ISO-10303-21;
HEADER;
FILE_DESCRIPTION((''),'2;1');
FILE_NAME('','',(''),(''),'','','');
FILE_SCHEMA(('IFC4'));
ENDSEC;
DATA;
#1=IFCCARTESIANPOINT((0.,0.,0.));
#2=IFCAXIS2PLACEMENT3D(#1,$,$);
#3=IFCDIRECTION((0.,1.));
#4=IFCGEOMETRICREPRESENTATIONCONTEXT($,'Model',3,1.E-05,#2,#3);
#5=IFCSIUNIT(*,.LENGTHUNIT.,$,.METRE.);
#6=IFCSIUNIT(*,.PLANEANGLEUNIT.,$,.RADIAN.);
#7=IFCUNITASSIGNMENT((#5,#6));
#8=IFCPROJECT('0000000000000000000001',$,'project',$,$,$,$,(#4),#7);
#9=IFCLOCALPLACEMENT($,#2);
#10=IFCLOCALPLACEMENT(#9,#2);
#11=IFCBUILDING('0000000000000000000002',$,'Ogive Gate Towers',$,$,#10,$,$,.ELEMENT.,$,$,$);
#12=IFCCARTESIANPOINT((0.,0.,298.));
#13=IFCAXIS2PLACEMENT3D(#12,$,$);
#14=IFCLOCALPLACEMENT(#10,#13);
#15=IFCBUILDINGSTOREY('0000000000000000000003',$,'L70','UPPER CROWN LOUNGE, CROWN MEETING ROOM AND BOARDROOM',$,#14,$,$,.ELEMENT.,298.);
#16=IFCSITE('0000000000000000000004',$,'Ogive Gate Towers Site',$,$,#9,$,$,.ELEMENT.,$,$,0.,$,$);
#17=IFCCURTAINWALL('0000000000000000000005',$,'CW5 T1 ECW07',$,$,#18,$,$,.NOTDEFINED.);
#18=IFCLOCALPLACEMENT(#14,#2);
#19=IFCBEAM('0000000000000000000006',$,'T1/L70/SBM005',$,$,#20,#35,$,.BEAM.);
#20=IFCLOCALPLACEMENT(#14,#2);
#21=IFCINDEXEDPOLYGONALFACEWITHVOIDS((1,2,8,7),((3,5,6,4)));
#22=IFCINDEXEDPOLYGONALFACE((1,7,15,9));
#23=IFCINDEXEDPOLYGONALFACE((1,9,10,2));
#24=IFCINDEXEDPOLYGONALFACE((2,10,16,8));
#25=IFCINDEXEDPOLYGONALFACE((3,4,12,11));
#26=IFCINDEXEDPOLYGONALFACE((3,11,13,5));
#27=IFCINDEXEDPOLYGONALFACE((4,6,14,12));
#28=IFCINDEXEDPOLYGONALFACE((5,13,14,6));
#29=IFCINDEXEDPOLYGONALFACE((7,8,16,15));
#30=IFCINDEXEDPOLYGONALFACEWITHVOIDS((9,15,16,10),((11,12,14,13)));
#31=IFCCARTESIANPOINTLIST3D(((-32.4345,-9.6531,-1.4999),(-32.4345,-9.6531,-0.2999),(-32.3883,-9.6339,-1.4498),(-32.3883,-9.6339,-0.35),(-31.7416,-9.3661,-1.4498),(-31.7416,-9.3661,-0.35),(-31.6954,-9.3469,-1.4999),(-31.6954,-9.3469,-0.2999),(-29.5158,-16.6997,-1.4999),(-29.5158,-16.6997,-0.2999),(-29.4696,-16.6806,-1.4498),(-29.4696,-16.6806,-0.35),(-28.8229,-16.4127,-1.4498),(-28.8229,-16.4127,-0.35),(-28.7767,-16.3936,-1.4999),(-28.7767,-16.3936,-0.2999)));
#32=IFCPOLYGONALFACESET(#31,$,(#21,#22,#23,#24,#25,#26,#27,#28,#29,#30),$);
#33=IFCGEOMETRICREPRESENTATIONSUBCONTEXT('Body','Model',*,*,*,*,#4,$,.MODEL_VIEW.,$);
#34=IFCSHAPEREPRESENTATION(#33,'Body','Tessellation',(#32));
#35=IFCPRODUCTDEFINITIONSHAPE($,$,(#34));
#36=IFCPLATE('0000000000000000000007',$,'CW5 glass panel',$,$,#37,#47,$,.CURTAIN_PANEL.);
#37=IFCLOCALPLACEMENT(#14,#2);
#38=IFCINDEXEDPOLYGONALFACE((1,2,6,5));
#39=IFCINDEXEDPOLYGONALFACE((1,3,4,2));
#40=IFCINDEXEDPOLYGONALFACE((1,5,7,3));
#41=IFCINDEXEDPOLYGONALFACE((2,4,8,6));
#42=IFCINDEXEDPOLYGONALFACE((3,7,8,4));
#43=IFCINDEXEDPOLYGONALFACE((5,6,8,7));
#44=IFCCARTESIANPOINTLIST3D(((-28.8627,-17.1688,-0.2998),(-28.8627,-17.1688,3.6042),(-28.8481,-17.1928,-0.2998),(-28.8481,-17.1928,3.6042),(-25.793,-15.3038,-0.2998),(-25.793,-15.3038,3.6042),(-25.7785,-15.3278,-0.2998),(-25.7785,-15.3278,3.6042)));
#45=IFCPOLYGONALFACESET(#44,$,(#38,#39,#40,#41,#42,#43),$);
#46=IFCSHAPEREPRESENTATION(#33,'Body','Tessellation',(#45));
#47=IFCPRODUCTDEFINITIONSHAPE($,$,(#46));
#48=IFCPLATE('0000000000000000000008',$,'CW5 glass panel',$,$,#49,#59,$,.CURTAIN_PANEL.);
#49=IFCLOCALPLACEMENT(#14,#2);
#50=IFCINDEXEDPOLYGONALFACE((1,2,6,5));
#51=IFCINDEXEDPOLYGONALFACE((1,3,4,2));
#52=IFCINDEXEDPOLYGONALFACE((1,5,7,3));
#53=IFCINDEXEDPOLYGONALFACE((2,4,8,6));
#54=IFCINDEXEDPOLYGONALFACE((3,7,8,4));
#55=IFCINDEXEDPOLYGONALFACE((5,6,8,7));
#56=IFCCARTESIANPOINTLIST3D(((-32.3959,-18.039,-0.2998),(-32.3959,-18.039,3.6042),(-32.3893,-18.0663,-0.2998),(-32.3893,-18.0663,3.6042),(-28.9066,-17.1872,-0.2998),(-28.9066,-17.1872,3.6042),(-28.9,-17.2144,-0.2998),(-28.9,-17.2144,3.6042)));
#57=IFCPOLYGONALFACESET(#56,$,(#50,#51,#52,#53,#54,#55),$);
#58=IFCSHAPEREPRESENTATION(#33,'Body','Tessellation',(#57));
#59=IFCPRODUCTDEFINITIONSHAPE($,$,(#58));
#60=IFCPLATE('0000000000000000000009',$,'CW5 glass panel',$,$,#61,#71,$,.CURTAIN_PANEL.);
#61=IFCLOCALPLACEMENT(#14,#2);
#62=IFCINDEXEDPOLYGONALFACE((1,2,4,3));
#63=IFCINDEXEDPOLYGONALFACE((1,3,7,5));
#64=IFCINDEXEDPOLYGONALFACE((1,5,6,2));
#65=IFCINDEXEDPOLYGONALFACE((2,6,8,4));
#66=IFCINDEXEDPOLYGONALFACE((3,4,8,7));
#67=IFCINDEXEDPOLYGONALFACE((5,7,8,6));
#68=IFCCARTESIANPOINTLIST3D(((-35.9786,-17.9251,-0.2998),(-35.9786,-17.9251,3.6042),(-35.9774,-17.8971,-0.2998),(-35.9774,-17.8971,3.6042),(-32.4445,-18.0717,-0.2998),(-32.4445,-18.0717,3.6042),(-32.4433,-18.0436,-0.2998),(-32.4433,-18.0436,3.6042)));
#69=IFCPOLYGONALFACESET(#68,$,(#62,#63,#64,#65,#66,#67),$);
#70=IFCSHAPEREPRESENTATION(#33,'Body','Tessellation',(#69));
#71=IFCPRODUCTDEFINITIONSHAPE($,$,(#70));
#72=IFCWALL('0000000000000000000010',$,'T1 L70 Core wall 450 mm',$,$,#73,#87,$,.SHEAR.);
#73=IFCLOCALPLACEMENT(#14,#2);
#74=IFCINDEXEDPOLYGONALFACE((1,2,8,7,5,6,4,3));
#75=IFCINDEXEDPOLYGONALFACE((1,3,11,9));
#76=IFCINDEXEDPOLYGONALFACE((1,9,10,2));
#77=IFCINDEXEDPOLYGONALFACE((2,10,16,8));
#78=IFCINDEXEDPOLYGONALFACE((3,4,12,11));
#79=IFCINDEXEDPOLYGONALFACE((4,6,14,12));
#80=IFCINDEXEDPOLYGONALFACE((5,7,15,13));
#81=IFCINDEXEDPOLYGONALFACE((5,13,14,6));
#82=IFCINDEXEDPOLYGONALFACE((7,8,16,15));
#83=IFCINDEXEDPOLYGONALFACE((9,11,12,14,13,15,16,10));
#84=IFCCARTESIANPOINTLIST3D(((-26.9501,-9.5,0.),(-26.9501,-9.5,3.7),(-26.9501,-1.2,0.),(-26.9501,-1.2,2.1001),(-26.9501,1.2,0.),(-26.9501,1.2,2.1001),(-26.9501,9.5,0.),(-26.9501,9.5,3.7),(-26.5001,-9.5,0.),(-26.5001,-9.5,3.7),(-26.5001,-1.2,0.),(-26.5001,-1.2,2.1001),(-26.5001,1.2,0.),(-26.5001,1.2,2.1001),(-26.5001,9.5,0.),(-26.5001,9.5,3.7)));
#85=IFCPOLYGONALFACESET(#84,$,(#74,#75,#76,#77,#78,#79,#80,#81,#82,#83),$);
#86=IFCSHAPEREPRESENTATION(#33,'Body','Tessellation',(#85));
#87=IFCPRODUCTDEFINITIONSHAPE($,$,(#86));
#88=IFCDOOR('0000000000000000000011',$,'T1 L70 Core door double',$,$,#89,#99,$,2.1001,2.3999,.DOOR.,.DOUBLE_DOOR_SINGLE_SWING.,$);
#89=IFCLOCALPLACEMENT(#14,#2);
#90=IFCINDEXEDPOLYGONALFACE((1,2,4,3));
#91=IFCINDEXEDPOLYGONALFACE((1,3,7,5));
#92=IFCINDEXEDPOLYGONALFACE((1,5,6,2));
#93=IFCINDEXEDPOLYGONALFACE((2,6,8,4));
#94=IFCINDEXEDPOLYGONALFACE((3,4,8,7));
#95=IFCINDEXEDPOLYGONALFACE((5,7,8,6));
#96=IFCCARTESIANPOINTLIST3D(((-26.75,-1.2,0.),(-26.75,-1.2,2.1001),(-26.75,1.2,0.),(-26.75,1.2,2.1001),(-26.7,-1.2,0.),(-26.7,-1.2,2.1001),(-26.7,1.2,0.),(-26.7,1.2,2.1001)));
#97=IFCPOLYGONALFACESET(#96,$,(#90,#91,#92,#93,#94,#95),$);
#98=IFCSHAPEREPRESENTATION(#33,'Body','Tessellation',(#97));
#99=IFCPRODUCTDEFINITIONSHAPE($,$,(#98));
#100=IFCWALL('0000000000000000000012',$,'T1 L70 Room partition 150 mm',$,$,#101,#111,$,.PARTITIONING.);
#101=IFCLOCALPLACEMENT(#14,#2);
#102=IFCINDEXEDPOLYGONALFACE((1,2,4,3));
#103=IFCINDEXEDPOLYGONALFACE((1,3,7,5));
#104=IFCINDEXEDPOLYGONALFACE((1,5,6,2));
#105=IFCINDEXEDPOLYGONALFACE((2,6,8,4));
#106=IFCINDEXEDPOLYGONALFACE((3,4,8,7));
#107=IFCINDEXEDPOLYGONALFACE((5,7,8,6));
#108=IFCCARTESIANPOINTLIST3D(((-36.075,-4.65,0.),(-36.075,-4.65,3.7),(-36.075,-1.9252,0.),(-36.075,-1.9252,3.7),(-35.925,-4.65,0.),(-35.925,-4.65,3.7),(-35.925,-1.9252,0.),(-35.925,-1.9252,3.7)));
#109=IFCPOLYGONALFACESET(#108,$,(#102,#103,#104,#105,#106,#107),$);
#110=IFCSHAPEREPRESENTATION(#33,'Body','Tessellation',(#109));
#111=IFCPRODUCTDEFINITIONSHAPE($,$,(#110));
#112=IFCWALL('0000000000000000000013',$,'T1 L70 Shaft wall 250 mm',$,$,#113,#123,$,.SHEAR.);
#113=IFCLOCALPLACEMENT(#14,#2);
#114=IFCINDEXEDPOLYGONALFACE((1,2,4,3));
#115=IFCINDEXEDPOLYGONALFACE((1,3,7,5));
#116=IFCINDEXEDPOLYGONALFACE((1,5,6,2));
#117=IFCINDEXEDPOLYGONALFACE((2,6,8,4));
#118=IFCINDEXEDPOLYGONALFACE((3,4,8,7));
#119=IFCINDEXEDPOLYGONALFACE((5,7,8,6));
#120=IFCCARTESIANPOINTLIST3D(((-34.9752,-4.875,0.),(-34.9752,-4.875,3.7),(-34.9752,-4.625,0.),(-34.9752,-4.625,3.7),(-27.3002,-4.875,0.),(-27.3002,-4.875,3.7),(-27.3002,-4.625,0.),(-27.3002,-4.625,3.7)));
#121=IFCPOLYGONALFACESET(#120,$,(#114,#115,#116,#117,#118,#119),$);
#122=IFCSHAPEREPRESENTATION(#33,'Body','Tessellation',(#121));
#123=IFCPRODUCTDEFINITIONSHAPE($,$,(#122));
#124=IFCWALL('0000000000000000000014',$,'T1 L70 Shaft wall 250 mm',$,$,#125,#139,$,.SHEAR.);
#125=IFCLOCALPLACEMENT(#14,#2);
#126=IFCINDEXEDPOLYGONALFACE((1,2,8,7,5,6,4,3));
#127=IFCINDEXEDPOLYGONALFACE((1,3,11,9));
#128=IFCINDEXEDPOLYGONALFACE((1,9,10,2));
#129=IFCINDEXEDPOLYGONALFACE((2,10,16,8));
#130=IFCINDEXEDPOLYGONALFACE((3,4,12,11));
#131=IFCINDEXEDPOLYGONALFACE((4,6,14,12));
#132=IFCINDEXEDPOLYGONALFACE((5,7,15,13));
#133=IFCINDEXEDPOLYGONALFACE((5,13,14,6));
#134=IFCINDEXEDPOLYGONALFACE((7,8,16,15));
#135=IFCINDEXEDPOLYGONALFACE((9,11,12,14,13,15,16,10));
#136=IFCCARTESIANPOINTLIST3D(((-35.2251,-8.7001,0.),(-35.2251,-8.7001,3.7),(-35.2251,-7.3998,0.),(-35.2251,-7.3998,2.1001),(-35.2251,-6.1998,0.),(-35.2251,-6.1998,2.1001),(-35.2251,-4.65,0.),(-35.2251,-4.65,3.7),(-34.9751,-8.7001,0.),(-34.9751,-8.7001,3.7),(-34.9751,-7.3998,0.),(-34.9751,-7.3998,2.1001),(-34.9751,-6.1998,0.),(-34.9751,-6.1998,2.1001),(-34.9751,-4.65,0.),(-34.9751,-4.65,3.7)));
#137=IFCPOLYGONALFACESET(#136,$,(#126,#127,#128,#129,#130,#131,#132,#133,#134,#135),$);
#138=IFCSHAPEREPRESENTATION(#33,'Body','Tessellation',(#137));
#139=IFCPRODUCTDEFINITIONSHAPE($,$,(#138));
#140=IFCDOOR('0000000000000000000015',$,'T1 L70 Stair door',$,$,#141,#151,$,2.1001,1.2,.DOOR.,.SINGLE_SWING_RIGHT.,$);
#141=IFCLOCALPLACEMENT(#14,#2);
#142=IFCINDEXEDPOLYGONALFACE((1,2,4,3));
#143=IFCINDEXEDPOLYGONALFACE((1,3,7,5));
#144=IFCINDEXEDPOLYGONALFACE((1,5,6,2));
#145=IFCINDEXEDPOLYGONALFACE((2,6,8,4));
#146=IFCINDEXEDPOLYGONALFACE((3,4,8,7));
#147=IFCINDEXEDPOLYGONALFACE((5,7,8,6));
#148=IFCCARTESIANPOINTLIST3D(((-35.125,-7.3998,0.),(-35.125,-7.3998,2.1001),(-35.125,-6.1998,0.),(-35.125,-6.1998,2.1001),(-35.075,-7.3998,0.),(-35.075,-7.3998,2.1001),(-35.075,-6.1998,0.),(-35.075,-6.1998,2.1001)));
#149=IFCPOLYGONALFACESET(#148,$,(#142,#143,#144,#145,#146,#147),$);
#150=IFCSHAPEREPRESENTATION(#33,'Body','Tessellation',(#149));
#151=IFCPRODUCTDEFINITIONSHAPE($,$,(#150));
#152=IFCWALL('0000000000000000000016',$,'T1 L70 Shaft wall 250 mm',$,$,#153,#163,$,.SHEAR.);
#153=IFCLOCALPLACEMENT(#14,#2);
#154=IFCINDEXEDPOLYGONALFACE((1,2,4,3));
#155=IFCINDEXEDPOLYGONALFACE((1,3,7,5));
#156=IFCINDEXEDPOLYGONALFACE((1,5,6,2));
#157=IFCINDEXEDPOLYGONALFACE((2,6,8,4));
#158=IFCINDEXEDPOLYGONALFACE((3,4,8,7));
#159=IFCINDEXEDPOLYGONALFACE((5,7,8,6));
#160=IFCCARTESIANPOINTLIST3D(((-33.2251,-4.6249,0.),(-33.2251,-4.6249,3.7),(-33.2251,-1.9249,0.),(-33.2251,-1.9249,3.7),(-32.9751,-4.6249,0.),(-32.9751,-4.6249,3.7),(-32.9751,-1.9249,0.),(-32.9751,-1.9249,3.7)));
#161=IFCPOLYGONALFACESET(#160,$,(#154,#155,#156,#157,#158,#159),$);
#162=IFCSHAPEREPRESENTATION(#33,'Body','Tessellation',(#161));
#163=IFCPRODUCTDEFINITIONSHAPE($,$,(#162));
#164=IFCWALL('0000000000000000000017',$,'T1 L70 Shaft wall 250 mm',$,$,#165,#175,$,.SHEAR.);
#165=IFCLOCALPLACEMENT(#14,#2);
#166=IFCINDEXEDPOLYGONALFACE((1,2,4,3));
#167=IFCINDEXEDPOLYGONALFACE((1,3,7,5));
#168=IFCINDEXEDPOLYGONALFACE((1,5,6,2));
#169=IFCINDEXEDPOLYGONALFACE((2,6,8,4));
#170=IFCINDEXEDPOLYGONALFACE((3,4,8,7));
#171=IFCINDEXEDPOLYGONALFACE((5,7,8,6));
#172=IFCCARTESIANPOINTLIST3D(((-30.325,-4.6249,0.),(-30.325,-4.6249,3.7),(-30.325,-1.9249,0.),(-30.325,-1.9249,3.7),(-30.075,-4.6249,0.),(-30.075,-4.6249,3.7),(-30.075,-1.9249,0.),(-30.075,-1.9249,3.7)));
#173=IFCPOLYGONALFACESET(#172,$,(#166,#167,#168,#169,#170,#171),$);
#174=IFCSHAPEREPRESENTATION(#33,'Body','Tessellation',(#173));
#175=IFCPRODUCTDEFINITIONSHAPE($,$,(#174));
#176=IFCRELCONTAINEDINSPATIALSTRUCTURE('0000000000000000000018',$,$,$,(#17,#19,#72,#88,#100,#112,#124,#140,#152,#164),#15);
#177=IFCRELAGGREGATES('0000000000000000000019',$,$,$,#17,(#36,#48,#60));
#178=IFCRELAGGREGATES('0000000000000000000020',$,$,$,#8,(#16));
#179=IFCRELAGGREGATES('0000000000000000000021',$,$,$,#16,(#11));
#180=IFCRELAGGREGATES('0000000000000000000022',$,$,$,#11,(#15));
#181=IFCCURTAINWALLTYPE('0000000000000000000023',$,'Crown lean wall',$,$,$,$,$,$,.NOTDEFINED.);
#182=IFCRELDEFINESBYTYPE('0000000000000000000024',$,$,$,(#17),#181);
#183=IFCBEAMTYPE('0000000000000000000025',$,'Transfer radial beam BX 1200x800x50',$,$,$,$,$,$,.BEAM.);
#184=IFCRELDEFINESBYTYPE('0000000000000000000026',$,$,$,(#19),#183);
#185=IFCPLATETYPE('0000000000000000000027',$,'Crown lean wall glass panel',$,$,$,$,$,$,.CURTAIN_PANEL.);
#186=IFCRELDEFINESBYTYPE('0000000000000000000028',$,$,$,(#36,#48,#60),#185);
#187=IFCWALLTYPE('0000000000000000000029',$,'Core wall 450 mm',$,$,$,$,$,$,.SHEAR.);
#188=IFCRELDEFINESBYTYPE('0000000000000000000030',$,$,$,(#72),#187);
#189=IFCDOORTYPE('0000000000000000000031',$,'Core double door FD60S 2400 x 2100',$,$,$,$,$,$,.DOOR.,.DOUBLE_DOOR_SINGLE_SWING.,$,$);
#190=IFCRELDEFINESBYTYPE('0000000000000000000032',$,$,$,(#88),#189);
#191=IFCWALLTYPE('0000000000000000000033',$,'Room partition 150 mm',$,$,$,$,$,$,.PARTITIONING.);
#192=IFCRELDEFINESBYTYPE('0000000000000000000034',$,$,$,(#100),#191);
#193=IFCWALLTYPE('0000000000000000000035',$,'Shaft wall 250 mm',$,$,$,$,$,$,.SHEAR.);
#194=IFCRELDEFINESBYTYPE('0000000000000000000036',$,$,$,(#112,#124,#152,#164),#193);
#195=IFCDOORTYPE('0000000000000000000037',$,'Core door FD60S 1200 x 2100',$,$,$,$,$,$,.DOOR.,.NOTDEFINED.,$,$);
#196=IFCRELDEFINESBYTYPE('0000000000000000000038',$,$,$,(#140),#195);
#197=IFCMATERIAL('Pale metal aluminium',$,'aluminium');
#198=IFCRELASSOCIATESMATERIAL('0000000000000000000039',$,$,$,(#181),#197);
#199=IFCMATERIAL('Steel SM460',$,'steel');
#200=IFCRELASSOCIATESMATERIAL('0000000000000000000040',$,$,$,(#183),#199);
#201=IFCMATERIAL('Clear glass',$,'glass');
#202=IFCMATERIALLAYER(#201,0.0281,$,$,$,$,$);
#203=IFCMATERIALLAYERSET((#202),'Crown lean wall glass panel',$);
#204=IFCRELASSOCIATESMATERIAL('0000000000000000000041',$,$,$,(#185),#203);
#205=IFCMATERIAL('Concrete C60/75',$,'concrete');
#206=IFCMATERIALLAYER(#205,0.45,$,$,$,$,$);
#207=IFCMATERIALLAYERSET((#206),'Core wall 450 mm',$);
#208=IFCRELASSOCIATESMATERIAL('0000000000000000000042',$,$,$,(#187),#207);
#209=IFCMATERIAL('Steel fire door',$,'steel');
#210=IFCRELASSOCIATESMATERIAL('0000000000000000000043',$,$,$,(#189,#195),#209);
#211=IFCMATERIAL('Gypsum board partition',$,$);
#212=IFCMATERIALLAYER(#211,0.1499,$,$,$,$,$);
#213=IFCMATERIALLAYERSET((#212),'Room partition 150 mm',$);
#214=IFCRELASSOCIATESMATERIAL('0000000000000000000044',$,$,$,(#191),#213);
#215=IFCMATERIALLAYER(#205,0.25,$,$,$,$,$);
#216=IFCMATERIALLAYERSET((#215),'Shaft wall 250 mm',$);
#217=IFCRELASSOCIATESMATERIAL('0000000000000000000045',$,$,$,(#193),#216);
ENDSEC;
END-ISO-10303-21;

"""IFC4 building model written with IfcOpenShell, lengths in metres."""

from ifc_helpers import new_model, si_unit, direction, frame, frame_2d, origin, origin_2d, place, context, subcontext, project, spatial, rectangle, hollow_rectangle, extrude, material, layer, layer_set, material_profile, profile_set, type_object, element, fill, aggregate, save


model = new_model("IFC4")

# Units and contexts
model_context = context("Model", 3, precision=1e-05, world=origin(), true_north=direction((0.0, 1.0)))
body_context = subcontext(model_context, "Body", "Model", "MODEL_VIEW")
ifc_project = project(units=[si_unit("LENGTHUNIT", "METRE"), si_unit("PLANEANGLEUNIT", "RADIAN")], contexts=[model_context])

# Site, building, storey
site_placement = place(None, origin())
site = spatial("IfcSite", under=ifc_project, at=site_placement, Name="Ogive Gate Towers Site", CompositionType="ELEMENT", RefElevation=0.0)
building_placement = place(site_placement, origin())
building = spatial("IfcBuilding", under=site, at=building_placement, Name="Ogive Gate Towers", CompositionType="ELEMENT")
storey_placement = place(building_placement, frame((0.0, 0.0, 298.0)))
storey = spatial("IfcBuildingStorey", under=building, at=storey_placement, Name="L70", Description="UPPER CROWN LOUNGE, CROWN MEETING ROOM AND BOARDROOM", CompositionType="ELEMENT", Elevation=298.0)

# Shared definitions
ifc_material_1 = material(Name="Steel SM460", Category="steel")

# Shared definitions
ifc_material_2 = material(Name="Pale metal aluminium", Category="aluminium")
curtain_wall_type = type_object("IfcCurtainWallType", Name="Crown lean wall", PredefinedType="NOTDEFINED", material=ifc_material_2)

# Curtain wall
curtain_wall_1_placement = place(storey_placement, origin())
curtain_wall_1 = element("IfcCurtainWall", 1, at=curtain_wall_1_placement, inside=storey, type_object=curtain_wall_type, Name="CW5 T1 ECW07", PredefinedType="NOTDEFINED")

# Beam
ifc_material_profile_1 = material_profile(ifc_material_1, hollow_rectangle(XDim=0.8, YDim=1.2, WallThickness=0.05, at=origin_2d()), Name="BX 1200x800x50")
ifc_profile_set_1 = profile_set([ifc_material_profile_1], Name="Steel SM460")
beam_type_1 = type_object("IfcBeamType", Name="Transfer radial beam BX 1200x800x50", PredefinedType="BEAM", material=ifc_profile_set_1)
beam_1_placement = place(storey_placement, frame((-32.0649, -9.5, -0.8999), z_axis=(0.382671, -0.923885, 0.0), x_axis=(0.923885, 0.382671, 0.0)))
element("IfcBeam", 2, at=beam_1_placement, inside=storey, type_object=beam_type_1, Name="T1/L70/SBM005", PredefinedType="BEAM", context=body_context, shape_type="SweptSolid", body=[
    extrude(hollow_rectangle(XDim=0.8, YDim=1.2, WallThickness=0.05, at=origin_2d()), origin(), (0.0, 0.0, 1.0), 7.6272),
])

# Plates
ifc_material_3 = material(Name="Clear glass", Category="glass")
ifc_layer_1 = layer(ifc_material_3, 0.0281)
ifc_layer_set_1 = layer_set([ifc_layer_1], Name="Crown lean wall glass panel")
plate_type = type_object("IfcPlateType", Name="Crown lean wall glass panel", PredefinedType="CURTAIN_PANEL", material=ifc_layer_set_1)
plate_1_placement = place(storey_placement, frame((-27.3206, -16.2483, -0.2998), z_axis=(0.0, 0.0, 1.0), x_axis=(-0.854622, -0.519251, 0.0)))
plate_1 = element("IfcPlate", 3, at=plate_1_placement, type_object=plate_type, Name="CW5 glass panel", PredefinedType="CURTAIN_PANEL", context=body_context, shape_type="SweptSolid", body=[
    extrude(rectangle(XDim=3.5918, YDim=0.0281, at=origin_2d()), origin(), (0.0, 0.0, 1.0), 3.9041),
])
plate_2_placement = place(storey_placement, frame((-30.6479, -17.6267, -0.2998), z_axis=(0.0, 0.0, 1.0), x_axis=(-0.971471, -0.23716, 0.0)))
plate_2 = element("IfcPlate", 4, at=plate_2_placement, type_object=plate_type, Name="CW5 glass panel", PredefinedType="CURTAIN_PANEL", context=body_context, shape_type="SweptSolid", body=[
    extrude(rectangle(XDim=3.5918, YDim=0.0281, at=origin_2d()), origin(), (0.0, 0.0, 1.0), 3.9041),
])
plate_3_placement = place(storey_placement, frame((-34.2109, -17.9844, -0.2998), z_axis=(0.0, 0.0, 1.0), x_axis=(-0.999141, 0.04144, 0.0)))
plate_3 = element("IfcPlate", 5, at=plate_3_placement, type_object=plate_type, Name="CW5 glass panel", PredefinedType="CURTAIN_PANEL", context=body_context, shape_type="SweptSolid", body=[
    extrude(rectangle(XDim=3.5371, YDim=0.0281, at=origin_2d()), origin(), (0.0, 0.0, 1.0), 3.9041),
])
aggregate(curtain_wall_1, [plate_1, plate_2, plate_3])

# Wall, opening, door
ifc_material_4 = material(Name="Concrete C60/75", Category="concrete")
ifc_layer_2 = layer(ifc_material_4, 0.45)
ifc_layer_set_2 = layer_set([ifc_layer_2], Name="Core wall 450 mm")
wall_type_1 = type_object("IfcWallType", Name="Core wall 450 mm", PredefinedType="SHEAR", material=ifc_layer_set_2)
wall_1_placement = place(storey_placement, frame((-26.7251, -9.5, 0.0), z_axis=(0.0, 0.0, 1.0), x_axis=(0.0, 1.0, 0.0)))
wall_1 = element("IfcWall", 6, at=wall_1_placement, inside=storey, type_object=wall_type_1, Name="T1 L70 Core wall 450 mm", PredefinedType="SHEAR", context=body_context, shape_type="SweptSolid", body=[
    extrude(rectangle(XDim=19.0, YDim=0.45, at=frame_2d((9.5, 0.0))), origin(), (0.0, 0.0, 1.0), 3.7),
])
opening_1_placement = place(wall_1_placement, frame((8.3, 0.0, 0.0)))
opening_1 = element("IfcOpeningElement", 7, at=opening_1_placement, cuts=wall_1, PredefinedType="OPENING", context=body_context, shape_type="SweptSolid", body=[
    extrude(rectangle(XDim=2.3999, YDim=2.1001, at=frame_2d((1.2, 1.05))), frame((0.0, 0.2349, 0.0), z_axis=(0.0, -1.0, 0.0), x_axis=(1.0, 0.0, 0.0)), (0.0, 0.0, 1.0), 0.47),
])
ifc_material_5 = material(Name="Steel fire door", Category="steel")
door_type_1 = type_object("IfcDoorType", Name="Core double door FD60S 2400 x 2100", OperationType="DOUBLE_DOOR_SINGLE_SWING", PredefinedType="DOOR", material=ifc_material_5)
door_1_placement = place(opening_1_placement, origin())
door_1 = element("IfcDoor", 8, at=door_1_placement, inside=storey, type_object=door_type_1, Name="T1 L70 Core door double", OperationType="DOUBLE_DOOR_SINGLE_SWING", OverallHeight=2.1001, OverallWidth=2.3999, PredefinedType="DOOR", context=body_context, shape_type="SweptSolid", body=[
    extrude(rectangle(XDim=2.3999, YDim=2.1001, at=frame_2d((1.2, 1.05))), frame((0.0, 0.0249, 0.0), z_axis=(0.0, -1.0, 0.0), x_axis=(1.0, 0.0, 0.0)), (0.0, 0.0, 1.0), 0.05),
])
fill(opening_1, door_1)

# Walls
ifc_material_6 = material(Name="Gypsum board partition")
ifc_layer_3 = layer(ifc_material_6, 0.1499)
ifc_layer_set_3 = layer_set([ifc_layer_3], Name="Room partition 150 mm")
wall_type_2 = type_object("IfcWallType", Name="Room partition 150 mm", PredefinedType="PARTITIONING", material=ifc_layer_set_3)
wall_2_placement = place(storey_placement, frame((-36.0, -4.6499, 0.0), z_axis=(0.0, 0.0, 1.0), x_axis=(0.0, 1.0, 0.0)))
element("IfcWall", 9, at=wall_2_placement, inside=storey, type_object=wall_type_2, Name="T1 L70 Room partition 150 mm", PredefinedType="PARTITIONING", context=body_context, shape_type="SweptSolid", body=[
    extrude(rectangle(XDim=2.7249, YDim=0.1499, at=frame_2d((1.3623, 0.0))), origin(), (0.0, 0.0, 1.0), 3.7),
])
ifc_layer_4 = layer(ifc_material_4, 0.25)
ifc_layer_set_4 = layer_set([ifc_layer_4], Name="Shaft wall 250 mm")
wall_type_3 = type_object("IfcWallType", Name="Shaft wall 250 mm", PredefinedType="SHEAR", material=ifc_layer_set_4)
wall_3_placement = place(storey_placement, frame((-34.9751, -4.75, 0.0), z_axis=(0.0, 0.0, 1.0), x_axis=(1.0, 0.0, 0.0)))
element("IfcWall", 10, at=wall_3_placement, inside=storey, type_object=wall_type_3, Name="T1 L70 Shaft wall 250 mm", PredefinedType="SHEAR", context=body_context, shape_type="SweptSolid", body=[
    extrude(rectangle(XDim=7.675, YDim=0.25, at=frame_2d((3.8374, 0.0))), origin(), (0.0, 0.0, 1.0), 3.7),
])

# Wall, opening, door
wall_4_placement = place(storey_placement, frame((-35.1001, -8.7, 0.0), z_axis=(0.0, 0.0, 1.0), x_axis=(0.0, 1.0, 0.0)))
wall_4 = element("IfcWall", 11, at=wall_4_placement, inside=storey, type_object=wall_type_3, Name="T1 L70 Shaft wall 250 mm", PredefinedType="SHEAR", context=body_context, shape_type="SweptSolid", body=[
    extrude(rectangle(XDim=4.05, YDim=0.25, at=frame_2d((2.0249, 0.0))), origin(), (0.0, 0.0, 1.0), 3.7),
])
opening_2_placement = place(wall_4_placement, frame((1.3, 0.0, 0.0)))
opening_2 = element("IfcOpeningElement", 12, at=opening_2_placement, cuts=wall_4, PredefinedType="OPENING", context=body_context, shape_type="SweptSolid", body=[
    extrude(rectangle(XDim=1.2, YDim=2.1001, at=frame_2d((0.6001, 1.05))), frame((0.0, 0.135, 0.0), z_axis=(0.0, -1.0, 0.0), x_axis=(1.0, 0.0, 0.0)), (0.0, 0.0, 1.0), 0.27),
])
door_type_2 = type_object("IfcDoorType", Name="Core door FD60S 1200 x 2100", OperationType="NOTDEFINED", PredefinedType="DOOR", material=ifc_material_5)
door_2_placement = place(opening_2_placement, origin())
door_2 = element("IfcDoor", 13, at=door_2_placement, inside=storey, type_object=door_type_2, Name="T1 L70 Stair door", OperationType="SINGLE_SWING_RIGHT", OverallHeight=2.1001, OverallWidth=1.2, PredefinedType="DOOR", context=body_context, shape_type="SweptSolid", body=[
    extrude(rectangle(XDim=1.2, YDim=2.1001, at=frame_2d((0.6001, 1.05))), frame((0.0, 0.0249, 0.0), z_axis=(0.0, -1.0, 0.0), x_axis=(1.0, 0.0, 0.0)), (0.0, 0.0, 1.0), 0.05),
])
fill(opening_2, door_2)

# Walls
for number, where, z_axis, x_axis, name in (
    (14, (-33.1001, -4.625, 0.0), (0.0, 0.0, 1.0), (0.0, 1.0, 0.0), "T1 L70 Shaft wall 250 mm"),
    (15, (-30.2, -4.625, 0.0), (0.0, 0.0, 1.0), (0.0, 1.0, 0.0), "T1 L70 Shaft wall 250 mm"),
):
    element("IfcWall", number, at=place(storey_placement, frame(where, z_axis=z_axis, x_axis=x_axis)), inside=storey, type_object=wall_type_3, Name=name, PredefinedType="SHEAR", context=body_context, shape_type="SweptSolid", body=[
        extrude(rectangle(XDim=2.7, YDim=0.25, at=frame_2d((1.3501, 0.0))), origin(), (0.0, 0.0, 1.0), 3.7),
    ])

save(model, "model.ifc")
